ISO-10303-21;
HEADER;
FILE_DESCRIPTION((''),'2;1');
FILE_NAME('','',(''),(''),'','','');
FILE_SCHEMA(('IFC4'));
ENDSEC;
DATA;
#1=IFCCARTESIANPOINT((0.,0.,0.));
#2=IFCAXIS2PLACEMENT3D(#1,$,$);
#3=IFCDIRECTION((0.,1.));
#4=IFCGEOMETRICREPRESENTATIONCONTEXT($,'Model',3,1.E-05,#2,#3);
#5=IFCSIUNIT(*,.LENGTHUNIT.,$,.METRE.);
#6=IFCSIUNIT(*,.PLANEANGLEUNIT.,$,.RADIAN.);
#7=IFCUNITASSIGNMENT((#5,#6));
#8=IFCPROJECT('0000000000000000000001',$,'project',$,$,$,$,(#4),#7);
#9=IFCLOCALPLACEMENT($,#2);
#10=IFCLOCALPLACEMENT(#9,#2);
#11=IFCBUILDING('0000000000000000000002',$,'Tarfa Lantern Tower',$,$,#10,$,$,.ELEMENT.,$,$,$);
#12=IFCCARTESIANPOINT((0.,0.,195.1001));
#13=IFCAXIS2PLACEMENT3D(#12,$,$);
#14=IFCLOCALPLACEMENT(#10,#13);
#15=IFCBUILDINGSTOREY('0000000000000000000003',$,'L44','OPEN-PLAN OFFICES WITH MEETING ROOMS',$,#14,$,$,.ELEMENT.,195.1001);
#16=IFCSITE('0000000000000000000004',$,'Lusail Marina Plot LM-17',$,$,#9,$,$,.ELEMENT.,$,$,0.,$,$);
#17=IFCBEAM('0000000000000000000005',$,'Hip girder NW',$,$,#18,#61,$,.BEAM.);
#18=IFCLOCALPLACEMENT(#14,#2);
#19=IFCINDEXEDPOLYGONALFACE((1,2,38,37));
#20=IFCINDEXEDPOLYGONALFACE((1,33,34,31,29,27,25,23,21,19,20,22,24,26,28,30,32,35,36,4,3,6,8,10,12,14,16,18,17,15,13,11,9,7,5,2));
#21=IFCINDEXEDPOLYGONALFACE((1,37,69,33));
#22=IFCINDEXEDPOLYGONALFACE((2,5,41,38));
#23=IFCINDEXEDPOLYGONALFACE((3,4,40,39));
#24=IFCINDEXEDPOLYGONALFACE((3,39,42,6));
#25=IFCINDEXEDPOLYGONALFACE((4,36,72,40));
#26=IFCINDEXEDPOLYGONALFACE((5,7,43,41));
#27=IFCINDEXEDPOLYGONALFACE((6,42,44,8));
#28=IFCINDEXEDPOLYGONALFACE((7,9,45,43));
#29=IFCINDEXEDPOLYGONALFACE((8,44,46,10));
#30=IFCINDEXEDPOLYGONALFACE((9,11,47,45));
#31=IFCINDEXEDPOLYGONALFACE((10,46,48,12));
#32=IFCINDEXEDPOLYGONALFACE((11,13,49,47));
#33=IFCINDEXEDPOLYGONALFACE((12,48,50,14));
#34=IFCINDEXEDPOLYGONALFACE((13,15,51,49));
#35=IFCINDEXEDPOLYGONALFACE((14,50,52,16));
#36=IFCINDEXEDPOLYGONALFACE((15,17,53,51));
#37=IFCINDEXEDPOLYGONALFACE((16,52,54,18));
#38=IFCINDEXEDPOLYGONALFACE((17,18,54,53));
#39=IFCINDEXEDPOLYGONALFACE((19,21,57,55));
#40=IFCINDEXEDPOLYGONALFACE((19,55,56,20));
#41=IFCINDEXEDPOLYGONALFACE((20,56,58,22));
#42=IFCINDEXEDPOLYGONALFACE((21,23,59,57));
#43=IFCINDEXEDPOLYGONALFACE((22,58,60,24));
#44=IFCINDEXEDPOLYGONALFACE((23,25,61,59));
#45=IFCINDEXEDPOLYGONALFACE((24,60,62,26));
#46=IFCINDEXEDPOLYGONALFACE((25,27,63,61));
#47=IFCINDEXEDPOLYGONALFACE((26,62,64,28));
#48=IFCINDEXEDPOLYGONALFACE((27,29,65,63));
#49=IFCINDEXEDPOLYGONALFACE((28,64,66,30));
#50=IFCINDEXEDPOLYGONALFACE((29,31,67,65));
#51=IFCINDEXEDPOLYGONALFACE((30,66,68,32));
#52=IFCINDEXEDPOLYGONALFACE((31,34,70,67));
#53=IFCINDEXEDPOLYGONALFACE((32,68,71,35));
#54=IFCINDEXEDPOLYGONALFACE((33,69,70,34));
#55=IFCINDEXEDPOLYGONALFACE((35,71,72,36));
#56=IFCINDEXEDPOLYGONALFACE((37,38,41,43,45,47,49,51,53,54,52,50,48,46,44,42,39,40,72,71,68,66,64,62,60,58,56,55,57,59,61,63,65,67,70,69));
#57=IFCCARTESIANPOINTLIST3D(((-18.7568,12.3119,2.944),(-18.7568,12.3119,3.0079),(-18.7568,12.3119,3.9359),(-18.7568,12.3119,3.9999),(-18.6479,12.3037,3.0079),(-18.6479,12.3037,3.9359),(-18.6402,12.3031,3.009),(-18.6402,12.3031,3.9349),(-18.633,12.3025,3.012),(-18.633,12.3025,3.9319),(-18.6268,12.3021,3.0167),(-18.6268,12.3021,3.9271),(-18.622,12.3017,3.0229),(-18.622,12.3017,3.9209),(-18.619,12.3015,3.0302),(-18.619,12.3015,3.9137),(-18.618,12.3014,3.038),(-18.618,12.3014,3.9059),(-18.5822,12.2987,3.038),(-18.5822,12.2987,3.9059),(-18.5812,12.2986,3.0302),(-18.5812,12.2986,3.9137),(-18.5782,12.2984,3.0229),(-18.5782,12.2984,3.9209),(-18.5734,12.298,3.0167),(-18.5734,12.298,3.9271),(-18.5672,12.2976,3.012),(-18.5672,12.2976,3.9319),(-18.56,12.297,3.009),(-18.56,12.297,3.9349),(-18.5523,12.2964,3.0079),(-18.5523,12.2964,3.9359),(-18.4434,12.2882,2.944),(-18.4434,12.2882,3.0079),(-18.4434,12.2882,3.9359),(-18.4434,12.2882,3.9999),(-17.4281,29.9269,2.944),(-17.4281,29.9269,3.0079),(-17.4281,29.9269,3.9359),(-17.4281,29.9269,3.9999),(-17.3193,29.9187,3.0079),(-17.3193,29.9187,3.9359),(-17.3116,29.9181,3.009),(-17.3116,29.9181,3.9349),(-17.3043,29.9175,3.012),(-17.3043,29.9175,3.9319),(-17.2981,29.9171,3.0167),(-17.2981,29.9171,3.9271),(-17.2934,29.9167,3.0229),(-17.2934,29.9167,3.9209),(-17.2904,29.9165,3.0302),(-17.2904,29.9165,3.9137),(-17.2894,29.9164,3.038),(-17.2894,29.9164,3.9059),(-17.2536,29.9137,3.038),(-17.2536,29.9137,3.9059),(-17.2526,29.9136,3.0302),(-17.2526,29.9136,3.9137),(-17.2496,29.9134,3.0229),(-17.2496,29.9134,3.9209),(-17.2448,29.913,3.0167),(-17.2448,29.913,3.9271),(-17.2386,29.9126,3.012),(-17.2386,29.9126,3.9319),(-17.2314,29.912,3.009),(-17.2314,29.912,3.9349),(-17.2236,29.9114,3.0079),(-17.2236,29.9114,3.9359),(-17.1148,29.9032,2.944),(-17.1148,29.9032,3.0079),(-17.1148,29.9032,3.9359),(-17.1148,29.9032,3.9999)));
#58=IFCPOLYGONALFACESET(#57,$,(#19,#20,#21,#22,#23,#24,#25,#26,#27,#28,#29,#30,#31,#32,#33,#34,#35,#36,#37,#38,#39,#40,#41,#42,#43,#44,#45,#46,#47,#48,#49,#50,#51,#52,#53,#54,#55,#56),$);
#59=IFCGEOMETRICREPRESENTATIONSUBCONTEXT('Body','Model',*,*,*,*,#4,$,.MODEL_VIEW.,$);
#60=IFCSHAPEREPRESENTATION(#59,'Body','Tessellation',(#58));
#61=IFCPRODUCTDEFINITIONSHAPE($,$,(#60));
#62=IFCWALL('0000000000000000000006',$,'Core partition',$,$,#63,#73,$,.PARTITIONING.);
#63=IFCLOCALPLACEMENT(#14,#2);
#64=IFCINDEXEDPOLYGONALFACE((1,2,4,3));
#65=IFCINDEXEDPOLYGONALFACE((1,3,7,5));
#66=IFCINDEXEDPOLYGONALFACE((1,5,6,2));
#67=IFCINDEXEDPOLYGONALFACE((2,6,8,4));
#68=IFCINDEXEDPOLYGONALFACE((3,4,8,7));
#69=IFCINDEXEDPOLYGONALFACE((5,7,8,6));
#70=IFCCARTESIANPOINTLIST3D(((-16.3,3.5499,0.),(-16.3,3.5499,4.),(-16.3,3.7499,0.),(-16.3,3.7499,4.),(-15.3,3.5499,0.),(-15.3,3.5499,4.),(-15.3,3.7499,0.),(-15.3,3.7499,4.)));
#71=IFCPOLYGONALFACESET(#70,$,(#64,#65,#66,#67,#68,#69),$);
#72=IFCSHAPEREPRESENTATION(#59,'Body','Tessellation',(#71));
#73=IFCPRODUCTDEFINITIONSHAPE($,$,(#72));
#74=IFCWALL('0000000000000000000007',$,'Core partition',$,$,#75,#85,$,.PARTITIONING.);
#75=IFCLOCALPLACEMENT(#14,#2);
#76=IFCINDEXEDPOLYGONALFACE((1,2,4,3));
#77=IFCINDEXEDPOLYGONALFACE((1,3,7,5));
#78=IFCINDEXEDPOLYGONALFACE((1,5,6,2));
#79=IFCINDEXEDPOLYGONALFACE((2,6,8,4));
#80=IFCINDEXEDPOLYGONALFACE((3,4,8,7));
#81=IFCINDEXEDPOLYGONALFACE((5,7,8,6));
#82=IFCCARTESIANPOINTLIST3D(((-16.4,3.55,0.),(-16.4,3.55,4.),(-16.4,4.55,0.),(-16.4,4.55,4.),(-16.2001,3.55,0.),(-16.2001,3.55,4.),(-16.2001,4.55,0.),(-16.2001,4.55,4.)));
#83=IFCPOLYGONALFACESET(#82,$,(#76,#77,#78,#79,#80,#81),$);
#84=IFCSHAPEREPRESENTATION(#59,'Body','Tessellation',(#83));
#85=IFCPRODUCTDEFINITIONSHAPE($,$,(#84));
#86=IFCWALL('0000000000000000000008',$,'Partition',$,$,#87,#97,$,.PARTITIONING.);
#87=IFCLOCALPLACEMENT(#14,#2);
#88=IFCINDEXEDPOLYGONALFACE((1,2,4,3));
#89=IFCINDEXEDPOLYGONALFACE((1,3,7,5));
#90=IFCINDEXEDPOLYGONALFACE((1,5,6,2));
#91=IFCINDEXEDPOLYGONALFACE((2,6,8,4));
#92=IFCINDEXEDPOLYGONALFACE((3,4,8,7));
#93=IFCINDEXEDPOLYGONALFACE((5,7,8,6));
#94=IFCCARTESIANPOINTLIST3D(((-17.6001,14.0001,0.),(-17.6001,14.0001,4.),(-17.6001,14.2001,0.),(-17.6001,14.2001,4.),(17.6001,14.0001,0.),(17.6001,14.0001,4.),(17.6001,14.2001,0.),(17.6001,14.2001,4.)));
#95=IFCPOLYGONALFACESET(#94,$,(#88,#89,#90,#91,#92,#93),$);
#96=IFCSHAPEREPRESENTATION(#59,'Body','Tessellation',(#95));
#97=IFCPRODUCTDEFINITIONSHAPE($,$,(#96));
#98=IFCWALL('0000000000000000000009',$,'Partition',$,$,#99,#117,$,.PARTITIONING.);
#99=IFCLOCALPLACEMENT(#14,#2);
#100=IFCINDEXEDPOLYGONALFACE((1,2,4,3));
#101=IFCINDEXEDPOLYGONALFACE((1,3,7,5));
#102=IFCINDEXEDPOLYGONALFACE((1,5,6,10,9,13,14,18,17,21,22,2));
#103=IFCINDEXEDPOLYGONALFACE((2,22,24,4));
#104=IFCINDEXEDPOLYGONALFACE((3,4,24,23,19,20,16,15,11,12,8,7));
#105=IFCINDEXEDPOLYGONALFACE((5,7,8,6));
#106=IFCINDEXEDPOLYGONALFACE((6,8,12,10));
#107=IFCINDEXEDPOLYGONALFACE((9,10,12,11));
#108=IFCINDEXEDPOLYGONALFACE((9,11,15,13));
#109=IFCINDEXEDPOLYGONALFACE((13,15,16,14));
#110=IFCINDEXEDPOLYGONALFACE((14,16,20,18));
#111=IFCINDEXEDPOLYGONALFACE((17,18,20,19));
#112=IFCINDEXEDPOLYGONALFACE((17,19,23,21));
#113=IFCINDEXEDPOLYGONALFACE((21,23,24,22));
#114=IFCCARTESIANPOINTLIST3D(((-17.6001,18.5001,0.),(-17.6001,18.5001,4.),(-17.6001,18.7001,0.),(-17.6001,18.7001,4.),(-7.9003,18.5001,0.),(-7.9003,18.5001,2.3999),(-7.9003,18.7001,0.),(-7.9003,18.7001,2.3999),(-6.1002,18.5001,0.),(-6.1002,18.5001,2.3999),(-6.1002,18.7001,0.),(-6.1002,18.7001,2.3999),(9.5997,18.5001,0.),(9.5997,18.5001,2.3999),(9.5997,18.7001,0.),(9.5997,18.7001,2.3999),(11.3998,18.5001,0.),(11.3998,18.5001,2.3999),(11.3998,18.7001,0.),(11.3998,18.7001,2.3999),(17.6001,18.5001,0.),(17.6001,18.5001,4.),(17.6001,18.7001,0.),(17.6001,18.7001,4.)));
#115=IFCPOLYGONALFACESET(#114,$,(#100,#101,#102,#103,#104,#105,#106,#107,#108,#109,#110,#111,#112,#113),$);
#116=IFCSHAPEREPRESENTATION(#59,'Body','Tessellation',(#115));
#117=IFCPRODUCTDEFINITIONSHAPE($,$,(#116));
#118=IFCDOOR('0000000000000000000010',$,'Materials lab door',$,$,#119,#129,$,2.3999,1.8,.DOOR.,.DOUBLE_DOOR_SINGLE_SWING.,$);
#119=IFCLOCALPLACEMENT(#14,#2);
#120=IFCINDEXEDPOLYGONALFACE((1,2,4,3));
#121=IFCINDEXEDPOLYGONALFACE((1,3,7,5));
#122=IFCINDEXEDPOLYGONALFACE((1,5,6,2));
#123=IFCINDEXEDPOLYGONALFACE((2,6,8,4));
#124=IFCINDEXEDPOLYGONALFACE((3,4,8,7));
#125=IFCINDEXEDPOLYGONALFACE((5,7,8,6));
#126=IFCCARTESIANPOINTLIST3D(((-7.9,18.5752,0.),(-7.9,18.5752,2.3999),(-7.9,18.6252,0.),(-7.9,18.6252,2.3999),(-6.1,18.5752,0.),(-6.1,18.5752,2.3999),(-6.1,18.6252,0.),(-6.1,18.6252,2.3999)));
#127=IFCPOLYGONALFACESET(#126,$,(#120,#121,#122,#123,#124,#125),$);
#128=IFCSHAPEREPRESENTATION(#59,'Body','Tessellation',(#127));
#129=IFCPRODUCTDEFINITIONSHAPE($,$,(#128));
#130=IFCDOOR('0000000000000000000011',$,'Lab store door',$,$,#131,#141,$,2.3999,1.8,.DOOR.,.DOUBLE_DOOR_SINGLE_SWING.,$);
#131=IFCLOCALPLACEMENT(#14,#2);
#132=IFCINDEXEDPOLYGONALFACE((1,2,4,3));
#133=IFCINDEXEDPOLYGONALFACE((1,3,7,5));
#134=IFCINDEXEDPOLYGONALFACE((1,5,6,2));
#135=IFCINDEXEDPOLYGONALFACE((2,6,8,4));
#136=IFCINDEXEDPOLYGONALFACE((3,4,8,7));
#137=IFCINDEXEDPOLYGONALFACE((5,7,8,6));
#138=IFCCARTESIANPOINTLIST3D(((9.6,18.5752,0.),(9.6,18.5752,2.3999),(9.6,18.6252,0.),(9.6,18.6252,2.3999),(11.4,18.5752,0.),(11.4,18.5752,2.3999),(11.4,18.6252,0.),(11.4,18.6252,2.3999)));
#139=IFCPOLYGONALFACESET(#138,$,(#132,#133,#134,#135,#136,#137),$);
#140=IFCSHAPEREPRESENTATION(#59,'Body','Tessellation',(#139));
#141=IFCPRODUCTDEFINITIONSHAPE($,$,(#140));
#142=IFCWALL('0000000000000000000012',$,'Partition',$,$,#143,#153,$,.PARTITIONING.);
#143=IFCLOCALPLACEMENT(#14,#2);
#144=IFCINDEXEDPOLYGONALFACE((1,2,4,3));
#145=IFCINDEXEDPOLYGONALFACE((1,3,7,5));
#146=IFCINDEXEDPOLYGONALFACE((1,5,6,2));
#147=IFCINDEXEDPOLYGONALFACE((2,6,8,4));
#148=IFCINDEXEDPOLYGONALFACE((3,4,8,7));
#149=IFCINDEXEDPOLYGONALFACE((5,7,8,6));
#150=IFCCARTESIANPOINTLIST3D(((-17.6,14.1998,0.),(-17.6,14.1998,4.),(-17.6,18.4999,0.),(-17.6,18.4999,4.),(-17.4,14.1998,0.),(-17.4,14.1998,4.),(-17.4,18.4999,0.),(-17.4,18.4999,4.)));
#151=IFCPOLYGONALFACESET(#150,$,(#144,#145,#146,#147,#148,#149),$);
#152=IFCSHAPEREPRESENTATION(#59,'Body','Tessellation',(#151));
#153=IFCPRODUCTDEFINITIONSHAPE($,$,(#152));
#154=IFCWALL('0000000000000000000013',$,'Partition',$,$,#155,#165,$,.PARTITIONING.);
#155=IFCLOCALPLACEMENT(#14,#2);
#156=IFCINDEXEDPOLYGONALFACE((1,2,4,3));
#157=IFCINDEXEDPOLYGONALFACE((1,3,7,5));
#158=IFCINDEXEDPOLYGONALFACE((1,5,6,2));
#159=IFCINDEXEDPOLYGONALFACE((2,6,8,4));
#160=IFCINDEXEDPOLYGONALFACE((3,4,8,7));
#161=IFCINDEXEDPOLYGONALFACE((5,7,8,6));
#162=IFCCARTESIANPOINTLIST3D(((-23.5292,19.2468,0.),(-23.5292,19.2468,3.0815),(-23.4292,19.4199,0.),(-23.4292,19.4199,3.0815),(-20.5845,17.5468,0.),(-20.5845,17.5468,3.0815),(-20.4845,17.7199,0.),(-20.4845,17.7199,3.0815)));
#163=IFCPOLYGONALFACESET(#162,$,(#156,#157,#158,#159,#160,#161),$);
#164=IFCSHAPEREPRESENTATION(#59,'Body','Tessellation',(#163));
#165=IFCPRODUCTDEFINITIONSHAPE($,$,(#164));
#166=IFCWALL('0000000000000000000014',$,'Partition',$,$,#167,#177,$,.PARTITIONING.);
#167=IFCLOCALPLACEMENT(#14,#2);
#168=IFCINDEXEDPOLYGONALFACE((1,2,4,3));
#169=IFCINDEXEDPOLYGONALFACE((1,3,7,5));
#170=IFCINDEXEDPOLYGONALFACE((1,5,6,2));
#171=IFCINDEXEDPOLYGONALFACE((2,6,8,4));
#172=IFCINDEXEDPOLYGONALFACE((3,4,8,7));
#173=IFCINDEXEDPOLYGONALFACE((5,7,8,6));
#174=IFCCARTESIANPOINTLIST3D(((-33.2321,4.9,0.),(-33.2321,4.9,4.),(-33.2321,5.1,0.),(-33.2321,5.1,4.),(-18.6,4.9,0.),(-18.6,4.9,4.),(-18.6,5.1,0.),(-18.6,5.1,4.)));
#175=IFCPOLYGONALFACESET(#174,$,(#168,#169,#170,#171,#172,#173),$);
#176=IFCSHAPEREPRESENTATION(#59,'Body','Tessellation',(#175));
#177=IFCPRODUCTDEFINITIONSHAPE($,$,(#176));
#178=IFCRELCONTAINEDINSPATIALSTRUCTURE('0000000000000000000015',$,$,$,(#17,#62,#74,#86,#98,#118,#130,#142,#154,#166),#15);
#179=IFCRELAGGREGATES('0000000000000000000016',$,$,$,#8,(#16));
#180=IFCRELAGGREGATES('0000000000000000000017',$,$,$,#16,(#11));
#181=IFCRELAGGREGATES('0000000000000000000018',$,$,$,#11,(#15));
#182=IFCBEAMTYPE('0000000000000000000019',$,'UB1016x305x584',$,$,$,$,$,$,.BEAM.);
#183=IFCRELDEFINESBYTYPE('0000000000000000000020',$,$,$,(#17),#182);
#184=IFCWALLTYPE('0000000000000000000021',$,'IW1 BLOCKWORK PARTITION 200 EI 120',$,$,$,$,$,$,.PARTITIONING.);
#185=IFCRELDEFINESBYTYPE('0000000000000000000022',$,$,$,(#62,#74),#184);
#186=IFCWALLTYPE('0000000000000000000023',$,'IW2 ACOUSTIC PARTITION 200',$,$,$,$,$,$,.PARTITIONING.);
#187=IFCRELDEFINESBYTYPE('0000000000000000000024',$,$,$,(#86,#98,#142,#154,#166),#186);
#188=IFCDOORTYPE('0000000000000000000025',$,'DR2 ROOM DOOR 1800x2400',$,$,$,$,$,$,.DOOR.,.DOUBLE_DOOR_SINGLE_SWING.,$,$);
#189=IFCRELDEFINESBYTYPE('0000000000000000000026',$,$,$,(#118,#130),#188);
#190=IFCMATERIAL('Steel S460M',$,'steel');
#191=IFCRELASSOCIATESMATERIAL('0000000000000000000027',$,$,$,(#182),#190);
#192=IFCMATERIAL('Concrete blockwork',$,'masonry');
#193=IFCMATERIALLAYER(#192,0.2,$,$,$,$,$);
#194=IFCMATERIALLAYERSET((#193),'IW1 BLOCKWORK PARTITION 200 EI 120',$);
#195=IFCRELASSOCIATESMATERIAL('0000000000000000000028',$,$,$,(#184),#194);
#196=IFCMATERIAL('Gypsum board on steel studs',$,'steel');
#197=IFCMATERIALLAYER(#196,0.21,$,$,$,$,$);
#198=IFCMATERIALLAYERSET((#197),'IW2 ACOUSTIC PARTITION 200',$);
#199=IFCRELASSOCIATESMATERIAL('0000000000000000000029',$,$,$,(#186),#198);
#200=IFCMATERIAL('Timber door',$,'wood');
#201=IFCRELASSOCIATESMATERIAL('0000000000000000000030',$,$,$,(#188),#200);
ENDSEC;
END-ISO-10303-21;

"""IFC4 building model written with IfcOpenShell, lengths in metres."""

from ifc_helpers import new_model, si_unit, direction, frame, frame_2d, origin, origin_2d, place, context, subcontext, project, spatial, rectangle, i_section, extrude, material, layer, layer_set, material_profile, profile_set, type_object, element, fill, save


model = new_model("IFC4")

# Units and contexts
model_context = context("Model", 3, precision=1e-05, world=origin(), true_north=direction((0.0, 1.0)))
body_context = subcontext(model_context, "Body", "Model", "MODEL_VIEW")
ifc_project = project(units=[si_unit("LENGTHUNIT", "METRE"), si_unit("PLANEANGLEUNIT", "RADIAN")], contexts=[model_context])

# Site, building, storey
site_placement = place(None, origin())
site = spatial("IfcSite", under=ifc_project, at=site_placement, Name="Lusail Marina Plot LM-17", CompositionType="ELEMENT", RefElevation=0.0)
building_placement = place(site_placement, origin())
building = spatial("IfcBuilding", under=site, at=building_placement, Name="Tarfa Lantern Tower", CompositionType="ELEMENT")
storey_placement = place(building_placement, frame((0.0, 0.0, 195.1001)))
storey = spatial("IfcBuildingStorey", under=building, at=storey_placement, Name="L44", Description="OPEN-PLAN OFFICES WITH MEETING ROOMS", CompositionType="ELEMENT", Elevation=195.1001)

# Beam
ifc_material_1 = material(Name="Steel S460M", Category="steel")
ifc_material_profile = material_profile(ifc_material_1, i_section(OverallWidth=0.3142, OverallDepth=1.0559, WebThickness=0.0359, FlangeThickness=0.064, FilletRadius=0.03, at=origin_2d()), Name="UB1016x305x584")
ifc_profile_set = profile_set([ifc_material_profile], Name="Steel S460M")
beam_type = type_object("IfcBeamType", Name="UB1016x305x584", PredefinedType="BEAM", material=ifc_profile_set)
beam_placement = place(storey_placement, frame((-18.6001, 12.3, 3.4719), z_axis=(0.075212, 0.997168, 0.0), x_axis=(-0.997168, 0.075212, 0.0)))
element("IfcBeam", 1, at=beam_placement, inside=storey, type_object=beam_type, Name="Hip girder NW", PredefinedType="BEAM", context=body_context, shape_type="SweptSolid", body=[
    extrude(i_section(OverallWidth=0.3142, OverallDepth=1.0559, WebThickness=0.0359, FlangeThickness=0.064, FilletRadius=0.03, at=origin_2d()), origin(), (0.0, 0.0, 1.0), 17.665),
])

# Walls
ifc_material_2 = material(Name="Concrete blockwork", Category="masonry")
ifc_layer_1 = layer(ifc_material_2, 0.2)
ifc_layer_set_1 = layer_set([ifc_layer_1], Name="IW1 BLOCKWORK PARTITION 200 EI 120")
wall_type_1 = type_object("IfcWallType", Name="IW1 BLOCKWORK PARTITION 200 EI 120", PredefinedType="PARTITIONING", material=ifc_layer_set_1)
for number, where, z_axis, x_axis, name in (
    (2, (-16.3, 3.6499, 0.0), (0.0, 0.0, 1.0), (1.0, 0.0, 0.0), "Core partition"),
    (3, (-16.3, 3.55, 0.0), (0.0, 0.0, 1.0), (0.0, 1.0, 0.0), "Core partition"),
):
    element("IfcWall", number, at=place(storey_placement, frame(where, z_axis=z_axis, x_axis=x_axis)), inside=storey, type_object=wall_type_1, Name=name, PredefinedType="PARTITIONING", context=body_context, shape_type="SweptSolid", body=[
        extrude(rectangle(XDim=1.0, YDim=0.2, at=frame_2d((0.5, 0.0))), origin(), (0.0, 0.0, 1.0), 4.0),
    ])
ifc_material_3 = material(Name="Gypsum board on steel studs", Category="steel")
ifc_layer_2 = layer(ifc_material_3, 0.21)
ifc_layer_set_2 = layer_set([ifc_layer_2], Name="IW2 ACOUSTIC PARTITION 200")
wall_type_2 = type_object("IfcWallType", Name="IW2 ACOUSTIC PARTITION 200", PredefinedType="PARTITIONING", material=ifc_layer_set_2)
wall_1_placement = place(storey_placement, frame((-17.6001, 14.1001, 0.0), z_axis=(0.0, 0.0, 1.0), x_axis=(1.0, 0.0, 0.0)))
element("IfcWall", 4, at=wall_1_placement, inside=storey, type_object=wall_type_2, Name="Partition", PredefinedType="PARTITIONING", context=body_context, shape_type="SweptSolid", body=[
    extrude(rectangle(XDim=35.2002, YDim=0.2, at=frame_2d((17.6001, 0.0))), origin(), (0.0, 0.0, 1.0), 4.0),
])

# Wall, openings, doors
wall_2_placement = place(storey_placement, frame((-17.6001, 18.6001, 0.0), z_axis=(0.0, 0.0, 1.0), x_axis=(1.0, 0.0, 0.0)))
wall_2 = element("IfcWall", 5, at=wall_2_placement, inside=storey, type_object=wall_type_2, Name="Partition", PredefinedType="PARTITIONING", context=body_context, shape_type="SweptSolid", body=[
    extrude(rectangle(XDim=35.2002, YDim=0.2, at=frame_2d((17.6001, 0.0))), origin(), (0.0, 0.0, 1.0), 4.0),
])
opening_1_placement = place(wall_2_placement, frame((9.7, 0.0, 0.0)))
opening_1 = element("IfcOpeningElement", 6, at=opening_1_placement, cuts=wall_2, PredefinedType="OPENING", context=body_context, shape_type="SweptSolid", body=[
    extrude(rectangle(XDim=1.8, YDim=2.3999, at=frame_2d((0.8999, 1.2))), frame((0.0, 0.1099, 0.0), z_axis=(0.0, -1.0, 0.0), x_axis=(1.0, 0.0, 0.0)), (0.0, 0.0, 1.0), 0.22),
])
opening_2_placement = place(wall_2_placement, frame((27.2, 0.0, 0.0)))
opening_2 = element("IfcOpeningElement", 7, at=opening_2_placement, cuts=wall_2, PredefinedType="OPENING", context=body_context, shape_type="SweptSolid", body=[
    extrude(rectangle(XDim=1.8, YDim=2.3999, at=frame_2d((0.8999, 1.2))), frame((0.0, 0.1099, 0.0), z_axis=(0.0, -1.0, 0.0), x_axis=(1.0, 0.0, 0.0)), (0.0, 0.0, 1.0), 0.22),
])
ifc_material_4 = material(Name="Timber door", Category="wood")
door_type_1 = type_object("IfcDoorType", Name="DR2 ROOM DOOR 1800x2400", OperationType="DOUBLE_DOOR_SINGLE_SWING", PredefinedType="DOOR", material=ifc_material_4)
door_1_placement = place(opening_1_placement, frame((1.8, 0.0, 0.0), z_axis=(0.0, 0.0, 1.0), x_axis=(-1.0, 0.0, 0.0)))
door_1 = element("IfcDoor", 8, at=door_1_placement, inside=storey, type_object=door_type_1, Name="Materials lab door", OperationType="DOUBLE_DOOR_SINGLE_SWING", OverallHeight=2.3999, OverallWidth=1.8, PredefinedType="DOOR", context=body_context, shape_type="SweptSolid", body=[
    extrude(rectangle(XDim=1.8, YDim=2.3999, at=frame_2d((0.8999, 1.2))), frame((0.0, 0.0249, 0.0), z_axis=(0.0, -1.0, 0.0), x_axis=(1.0, 0.0, 0.0)), (0.0, 0.0, 1.0), 0.05),
])
fill(opening_1, door_1)
door_2_placement = place(opening_2_placement, frame((1.8, 0.0, 0.0), z_axis=(0.0, 0.0, 1.0), x_axis=(-1.0, 0.0, 0.0)))
door_2 = element("IfcDoor", 9, at=door_2_placement, inside=storey, type_object=door_type_1, Name="Lab store door", OperationType="DOUBLE_DOOR_SINGLE_SWING", OverallHeight=2.3999, OverallWidth=1.8, PredefinedType="DOOR", context=body_context, shape_type="SweptSolid", body=[
    extrude(rectangle(XDim=1.8, YDim=2.3999, at=frame_2d((0.8999, 1.2))), frame((0.0, 0.0249, 0.0), z_axis=(0.0, -1.0, 0.0), x_axis=(1.0, 0.0, 0.0)), (0.0, 0.0, 1.0), 0.05),
])
fill(opening_2, door_2)

# Walls
wall_3_placement = place(storey_placement, frame((-17.5, 14.2, 0.0), z_axis=(0.0, 0.0, 1.0), x_axis=(0.0, 1.0, 0.0)))
element("IfcWall", 10, at=wall_3_placement, inside=storey, type_object=wall_type_2, Name="Partition", PredefinedType="PARTITIONING", context=body_context, shape_type="SweptSolid", body=[
    extrude(rectangle(XDim=4.3, YDim=0.2, at=frame_2d((2.1499, 0.0))), origin(), (0.0, 0.0, 1.0), 4.0),
])
wall_4_placement = place(storey_placement, frame((-20.5344, 17.6333, 0.0), z_axis=(0.0, 0.0, 1.0), x_axis=(-0.866039, 0.499977, 0.0)))
element("IfcWall", 11, at=wall_4_placement, inside=storey, type_object=wall_type_2, Name="Partition", PredefinedType="PARTITIONING", context=body_context, shape_type="SweptSolid", body=[
    extrude(rectangle(XDim=3.4001, YDim=0.2, at=frame_2d((1.7002, 0.0))), origin(), (0.0, 0.0, 1.0), 3.0815),
])
wall_5_placement = place(storey_placement, frame((-18.6001, 5.0, 0.0), z_axis=(0.0, 0.0, 1.0), x_axis=(-1.0, 0.0, 0.0)))
element("IfcWall", 12, at=wall_5_placement, inside=storey, type_object=wall_type_2, Name="Partition", PredefinedType="PARTITIONING", context=body_context, shape_type="SweptSolid", body=[
    extrude(rectangle(XDim=14.6321, YDim=0.2, at=frame_2d((7.3159, 0.0))), origin(), (0.0, 0.0, 1.0), 4.0),
])

save(model, "model.ifc")
